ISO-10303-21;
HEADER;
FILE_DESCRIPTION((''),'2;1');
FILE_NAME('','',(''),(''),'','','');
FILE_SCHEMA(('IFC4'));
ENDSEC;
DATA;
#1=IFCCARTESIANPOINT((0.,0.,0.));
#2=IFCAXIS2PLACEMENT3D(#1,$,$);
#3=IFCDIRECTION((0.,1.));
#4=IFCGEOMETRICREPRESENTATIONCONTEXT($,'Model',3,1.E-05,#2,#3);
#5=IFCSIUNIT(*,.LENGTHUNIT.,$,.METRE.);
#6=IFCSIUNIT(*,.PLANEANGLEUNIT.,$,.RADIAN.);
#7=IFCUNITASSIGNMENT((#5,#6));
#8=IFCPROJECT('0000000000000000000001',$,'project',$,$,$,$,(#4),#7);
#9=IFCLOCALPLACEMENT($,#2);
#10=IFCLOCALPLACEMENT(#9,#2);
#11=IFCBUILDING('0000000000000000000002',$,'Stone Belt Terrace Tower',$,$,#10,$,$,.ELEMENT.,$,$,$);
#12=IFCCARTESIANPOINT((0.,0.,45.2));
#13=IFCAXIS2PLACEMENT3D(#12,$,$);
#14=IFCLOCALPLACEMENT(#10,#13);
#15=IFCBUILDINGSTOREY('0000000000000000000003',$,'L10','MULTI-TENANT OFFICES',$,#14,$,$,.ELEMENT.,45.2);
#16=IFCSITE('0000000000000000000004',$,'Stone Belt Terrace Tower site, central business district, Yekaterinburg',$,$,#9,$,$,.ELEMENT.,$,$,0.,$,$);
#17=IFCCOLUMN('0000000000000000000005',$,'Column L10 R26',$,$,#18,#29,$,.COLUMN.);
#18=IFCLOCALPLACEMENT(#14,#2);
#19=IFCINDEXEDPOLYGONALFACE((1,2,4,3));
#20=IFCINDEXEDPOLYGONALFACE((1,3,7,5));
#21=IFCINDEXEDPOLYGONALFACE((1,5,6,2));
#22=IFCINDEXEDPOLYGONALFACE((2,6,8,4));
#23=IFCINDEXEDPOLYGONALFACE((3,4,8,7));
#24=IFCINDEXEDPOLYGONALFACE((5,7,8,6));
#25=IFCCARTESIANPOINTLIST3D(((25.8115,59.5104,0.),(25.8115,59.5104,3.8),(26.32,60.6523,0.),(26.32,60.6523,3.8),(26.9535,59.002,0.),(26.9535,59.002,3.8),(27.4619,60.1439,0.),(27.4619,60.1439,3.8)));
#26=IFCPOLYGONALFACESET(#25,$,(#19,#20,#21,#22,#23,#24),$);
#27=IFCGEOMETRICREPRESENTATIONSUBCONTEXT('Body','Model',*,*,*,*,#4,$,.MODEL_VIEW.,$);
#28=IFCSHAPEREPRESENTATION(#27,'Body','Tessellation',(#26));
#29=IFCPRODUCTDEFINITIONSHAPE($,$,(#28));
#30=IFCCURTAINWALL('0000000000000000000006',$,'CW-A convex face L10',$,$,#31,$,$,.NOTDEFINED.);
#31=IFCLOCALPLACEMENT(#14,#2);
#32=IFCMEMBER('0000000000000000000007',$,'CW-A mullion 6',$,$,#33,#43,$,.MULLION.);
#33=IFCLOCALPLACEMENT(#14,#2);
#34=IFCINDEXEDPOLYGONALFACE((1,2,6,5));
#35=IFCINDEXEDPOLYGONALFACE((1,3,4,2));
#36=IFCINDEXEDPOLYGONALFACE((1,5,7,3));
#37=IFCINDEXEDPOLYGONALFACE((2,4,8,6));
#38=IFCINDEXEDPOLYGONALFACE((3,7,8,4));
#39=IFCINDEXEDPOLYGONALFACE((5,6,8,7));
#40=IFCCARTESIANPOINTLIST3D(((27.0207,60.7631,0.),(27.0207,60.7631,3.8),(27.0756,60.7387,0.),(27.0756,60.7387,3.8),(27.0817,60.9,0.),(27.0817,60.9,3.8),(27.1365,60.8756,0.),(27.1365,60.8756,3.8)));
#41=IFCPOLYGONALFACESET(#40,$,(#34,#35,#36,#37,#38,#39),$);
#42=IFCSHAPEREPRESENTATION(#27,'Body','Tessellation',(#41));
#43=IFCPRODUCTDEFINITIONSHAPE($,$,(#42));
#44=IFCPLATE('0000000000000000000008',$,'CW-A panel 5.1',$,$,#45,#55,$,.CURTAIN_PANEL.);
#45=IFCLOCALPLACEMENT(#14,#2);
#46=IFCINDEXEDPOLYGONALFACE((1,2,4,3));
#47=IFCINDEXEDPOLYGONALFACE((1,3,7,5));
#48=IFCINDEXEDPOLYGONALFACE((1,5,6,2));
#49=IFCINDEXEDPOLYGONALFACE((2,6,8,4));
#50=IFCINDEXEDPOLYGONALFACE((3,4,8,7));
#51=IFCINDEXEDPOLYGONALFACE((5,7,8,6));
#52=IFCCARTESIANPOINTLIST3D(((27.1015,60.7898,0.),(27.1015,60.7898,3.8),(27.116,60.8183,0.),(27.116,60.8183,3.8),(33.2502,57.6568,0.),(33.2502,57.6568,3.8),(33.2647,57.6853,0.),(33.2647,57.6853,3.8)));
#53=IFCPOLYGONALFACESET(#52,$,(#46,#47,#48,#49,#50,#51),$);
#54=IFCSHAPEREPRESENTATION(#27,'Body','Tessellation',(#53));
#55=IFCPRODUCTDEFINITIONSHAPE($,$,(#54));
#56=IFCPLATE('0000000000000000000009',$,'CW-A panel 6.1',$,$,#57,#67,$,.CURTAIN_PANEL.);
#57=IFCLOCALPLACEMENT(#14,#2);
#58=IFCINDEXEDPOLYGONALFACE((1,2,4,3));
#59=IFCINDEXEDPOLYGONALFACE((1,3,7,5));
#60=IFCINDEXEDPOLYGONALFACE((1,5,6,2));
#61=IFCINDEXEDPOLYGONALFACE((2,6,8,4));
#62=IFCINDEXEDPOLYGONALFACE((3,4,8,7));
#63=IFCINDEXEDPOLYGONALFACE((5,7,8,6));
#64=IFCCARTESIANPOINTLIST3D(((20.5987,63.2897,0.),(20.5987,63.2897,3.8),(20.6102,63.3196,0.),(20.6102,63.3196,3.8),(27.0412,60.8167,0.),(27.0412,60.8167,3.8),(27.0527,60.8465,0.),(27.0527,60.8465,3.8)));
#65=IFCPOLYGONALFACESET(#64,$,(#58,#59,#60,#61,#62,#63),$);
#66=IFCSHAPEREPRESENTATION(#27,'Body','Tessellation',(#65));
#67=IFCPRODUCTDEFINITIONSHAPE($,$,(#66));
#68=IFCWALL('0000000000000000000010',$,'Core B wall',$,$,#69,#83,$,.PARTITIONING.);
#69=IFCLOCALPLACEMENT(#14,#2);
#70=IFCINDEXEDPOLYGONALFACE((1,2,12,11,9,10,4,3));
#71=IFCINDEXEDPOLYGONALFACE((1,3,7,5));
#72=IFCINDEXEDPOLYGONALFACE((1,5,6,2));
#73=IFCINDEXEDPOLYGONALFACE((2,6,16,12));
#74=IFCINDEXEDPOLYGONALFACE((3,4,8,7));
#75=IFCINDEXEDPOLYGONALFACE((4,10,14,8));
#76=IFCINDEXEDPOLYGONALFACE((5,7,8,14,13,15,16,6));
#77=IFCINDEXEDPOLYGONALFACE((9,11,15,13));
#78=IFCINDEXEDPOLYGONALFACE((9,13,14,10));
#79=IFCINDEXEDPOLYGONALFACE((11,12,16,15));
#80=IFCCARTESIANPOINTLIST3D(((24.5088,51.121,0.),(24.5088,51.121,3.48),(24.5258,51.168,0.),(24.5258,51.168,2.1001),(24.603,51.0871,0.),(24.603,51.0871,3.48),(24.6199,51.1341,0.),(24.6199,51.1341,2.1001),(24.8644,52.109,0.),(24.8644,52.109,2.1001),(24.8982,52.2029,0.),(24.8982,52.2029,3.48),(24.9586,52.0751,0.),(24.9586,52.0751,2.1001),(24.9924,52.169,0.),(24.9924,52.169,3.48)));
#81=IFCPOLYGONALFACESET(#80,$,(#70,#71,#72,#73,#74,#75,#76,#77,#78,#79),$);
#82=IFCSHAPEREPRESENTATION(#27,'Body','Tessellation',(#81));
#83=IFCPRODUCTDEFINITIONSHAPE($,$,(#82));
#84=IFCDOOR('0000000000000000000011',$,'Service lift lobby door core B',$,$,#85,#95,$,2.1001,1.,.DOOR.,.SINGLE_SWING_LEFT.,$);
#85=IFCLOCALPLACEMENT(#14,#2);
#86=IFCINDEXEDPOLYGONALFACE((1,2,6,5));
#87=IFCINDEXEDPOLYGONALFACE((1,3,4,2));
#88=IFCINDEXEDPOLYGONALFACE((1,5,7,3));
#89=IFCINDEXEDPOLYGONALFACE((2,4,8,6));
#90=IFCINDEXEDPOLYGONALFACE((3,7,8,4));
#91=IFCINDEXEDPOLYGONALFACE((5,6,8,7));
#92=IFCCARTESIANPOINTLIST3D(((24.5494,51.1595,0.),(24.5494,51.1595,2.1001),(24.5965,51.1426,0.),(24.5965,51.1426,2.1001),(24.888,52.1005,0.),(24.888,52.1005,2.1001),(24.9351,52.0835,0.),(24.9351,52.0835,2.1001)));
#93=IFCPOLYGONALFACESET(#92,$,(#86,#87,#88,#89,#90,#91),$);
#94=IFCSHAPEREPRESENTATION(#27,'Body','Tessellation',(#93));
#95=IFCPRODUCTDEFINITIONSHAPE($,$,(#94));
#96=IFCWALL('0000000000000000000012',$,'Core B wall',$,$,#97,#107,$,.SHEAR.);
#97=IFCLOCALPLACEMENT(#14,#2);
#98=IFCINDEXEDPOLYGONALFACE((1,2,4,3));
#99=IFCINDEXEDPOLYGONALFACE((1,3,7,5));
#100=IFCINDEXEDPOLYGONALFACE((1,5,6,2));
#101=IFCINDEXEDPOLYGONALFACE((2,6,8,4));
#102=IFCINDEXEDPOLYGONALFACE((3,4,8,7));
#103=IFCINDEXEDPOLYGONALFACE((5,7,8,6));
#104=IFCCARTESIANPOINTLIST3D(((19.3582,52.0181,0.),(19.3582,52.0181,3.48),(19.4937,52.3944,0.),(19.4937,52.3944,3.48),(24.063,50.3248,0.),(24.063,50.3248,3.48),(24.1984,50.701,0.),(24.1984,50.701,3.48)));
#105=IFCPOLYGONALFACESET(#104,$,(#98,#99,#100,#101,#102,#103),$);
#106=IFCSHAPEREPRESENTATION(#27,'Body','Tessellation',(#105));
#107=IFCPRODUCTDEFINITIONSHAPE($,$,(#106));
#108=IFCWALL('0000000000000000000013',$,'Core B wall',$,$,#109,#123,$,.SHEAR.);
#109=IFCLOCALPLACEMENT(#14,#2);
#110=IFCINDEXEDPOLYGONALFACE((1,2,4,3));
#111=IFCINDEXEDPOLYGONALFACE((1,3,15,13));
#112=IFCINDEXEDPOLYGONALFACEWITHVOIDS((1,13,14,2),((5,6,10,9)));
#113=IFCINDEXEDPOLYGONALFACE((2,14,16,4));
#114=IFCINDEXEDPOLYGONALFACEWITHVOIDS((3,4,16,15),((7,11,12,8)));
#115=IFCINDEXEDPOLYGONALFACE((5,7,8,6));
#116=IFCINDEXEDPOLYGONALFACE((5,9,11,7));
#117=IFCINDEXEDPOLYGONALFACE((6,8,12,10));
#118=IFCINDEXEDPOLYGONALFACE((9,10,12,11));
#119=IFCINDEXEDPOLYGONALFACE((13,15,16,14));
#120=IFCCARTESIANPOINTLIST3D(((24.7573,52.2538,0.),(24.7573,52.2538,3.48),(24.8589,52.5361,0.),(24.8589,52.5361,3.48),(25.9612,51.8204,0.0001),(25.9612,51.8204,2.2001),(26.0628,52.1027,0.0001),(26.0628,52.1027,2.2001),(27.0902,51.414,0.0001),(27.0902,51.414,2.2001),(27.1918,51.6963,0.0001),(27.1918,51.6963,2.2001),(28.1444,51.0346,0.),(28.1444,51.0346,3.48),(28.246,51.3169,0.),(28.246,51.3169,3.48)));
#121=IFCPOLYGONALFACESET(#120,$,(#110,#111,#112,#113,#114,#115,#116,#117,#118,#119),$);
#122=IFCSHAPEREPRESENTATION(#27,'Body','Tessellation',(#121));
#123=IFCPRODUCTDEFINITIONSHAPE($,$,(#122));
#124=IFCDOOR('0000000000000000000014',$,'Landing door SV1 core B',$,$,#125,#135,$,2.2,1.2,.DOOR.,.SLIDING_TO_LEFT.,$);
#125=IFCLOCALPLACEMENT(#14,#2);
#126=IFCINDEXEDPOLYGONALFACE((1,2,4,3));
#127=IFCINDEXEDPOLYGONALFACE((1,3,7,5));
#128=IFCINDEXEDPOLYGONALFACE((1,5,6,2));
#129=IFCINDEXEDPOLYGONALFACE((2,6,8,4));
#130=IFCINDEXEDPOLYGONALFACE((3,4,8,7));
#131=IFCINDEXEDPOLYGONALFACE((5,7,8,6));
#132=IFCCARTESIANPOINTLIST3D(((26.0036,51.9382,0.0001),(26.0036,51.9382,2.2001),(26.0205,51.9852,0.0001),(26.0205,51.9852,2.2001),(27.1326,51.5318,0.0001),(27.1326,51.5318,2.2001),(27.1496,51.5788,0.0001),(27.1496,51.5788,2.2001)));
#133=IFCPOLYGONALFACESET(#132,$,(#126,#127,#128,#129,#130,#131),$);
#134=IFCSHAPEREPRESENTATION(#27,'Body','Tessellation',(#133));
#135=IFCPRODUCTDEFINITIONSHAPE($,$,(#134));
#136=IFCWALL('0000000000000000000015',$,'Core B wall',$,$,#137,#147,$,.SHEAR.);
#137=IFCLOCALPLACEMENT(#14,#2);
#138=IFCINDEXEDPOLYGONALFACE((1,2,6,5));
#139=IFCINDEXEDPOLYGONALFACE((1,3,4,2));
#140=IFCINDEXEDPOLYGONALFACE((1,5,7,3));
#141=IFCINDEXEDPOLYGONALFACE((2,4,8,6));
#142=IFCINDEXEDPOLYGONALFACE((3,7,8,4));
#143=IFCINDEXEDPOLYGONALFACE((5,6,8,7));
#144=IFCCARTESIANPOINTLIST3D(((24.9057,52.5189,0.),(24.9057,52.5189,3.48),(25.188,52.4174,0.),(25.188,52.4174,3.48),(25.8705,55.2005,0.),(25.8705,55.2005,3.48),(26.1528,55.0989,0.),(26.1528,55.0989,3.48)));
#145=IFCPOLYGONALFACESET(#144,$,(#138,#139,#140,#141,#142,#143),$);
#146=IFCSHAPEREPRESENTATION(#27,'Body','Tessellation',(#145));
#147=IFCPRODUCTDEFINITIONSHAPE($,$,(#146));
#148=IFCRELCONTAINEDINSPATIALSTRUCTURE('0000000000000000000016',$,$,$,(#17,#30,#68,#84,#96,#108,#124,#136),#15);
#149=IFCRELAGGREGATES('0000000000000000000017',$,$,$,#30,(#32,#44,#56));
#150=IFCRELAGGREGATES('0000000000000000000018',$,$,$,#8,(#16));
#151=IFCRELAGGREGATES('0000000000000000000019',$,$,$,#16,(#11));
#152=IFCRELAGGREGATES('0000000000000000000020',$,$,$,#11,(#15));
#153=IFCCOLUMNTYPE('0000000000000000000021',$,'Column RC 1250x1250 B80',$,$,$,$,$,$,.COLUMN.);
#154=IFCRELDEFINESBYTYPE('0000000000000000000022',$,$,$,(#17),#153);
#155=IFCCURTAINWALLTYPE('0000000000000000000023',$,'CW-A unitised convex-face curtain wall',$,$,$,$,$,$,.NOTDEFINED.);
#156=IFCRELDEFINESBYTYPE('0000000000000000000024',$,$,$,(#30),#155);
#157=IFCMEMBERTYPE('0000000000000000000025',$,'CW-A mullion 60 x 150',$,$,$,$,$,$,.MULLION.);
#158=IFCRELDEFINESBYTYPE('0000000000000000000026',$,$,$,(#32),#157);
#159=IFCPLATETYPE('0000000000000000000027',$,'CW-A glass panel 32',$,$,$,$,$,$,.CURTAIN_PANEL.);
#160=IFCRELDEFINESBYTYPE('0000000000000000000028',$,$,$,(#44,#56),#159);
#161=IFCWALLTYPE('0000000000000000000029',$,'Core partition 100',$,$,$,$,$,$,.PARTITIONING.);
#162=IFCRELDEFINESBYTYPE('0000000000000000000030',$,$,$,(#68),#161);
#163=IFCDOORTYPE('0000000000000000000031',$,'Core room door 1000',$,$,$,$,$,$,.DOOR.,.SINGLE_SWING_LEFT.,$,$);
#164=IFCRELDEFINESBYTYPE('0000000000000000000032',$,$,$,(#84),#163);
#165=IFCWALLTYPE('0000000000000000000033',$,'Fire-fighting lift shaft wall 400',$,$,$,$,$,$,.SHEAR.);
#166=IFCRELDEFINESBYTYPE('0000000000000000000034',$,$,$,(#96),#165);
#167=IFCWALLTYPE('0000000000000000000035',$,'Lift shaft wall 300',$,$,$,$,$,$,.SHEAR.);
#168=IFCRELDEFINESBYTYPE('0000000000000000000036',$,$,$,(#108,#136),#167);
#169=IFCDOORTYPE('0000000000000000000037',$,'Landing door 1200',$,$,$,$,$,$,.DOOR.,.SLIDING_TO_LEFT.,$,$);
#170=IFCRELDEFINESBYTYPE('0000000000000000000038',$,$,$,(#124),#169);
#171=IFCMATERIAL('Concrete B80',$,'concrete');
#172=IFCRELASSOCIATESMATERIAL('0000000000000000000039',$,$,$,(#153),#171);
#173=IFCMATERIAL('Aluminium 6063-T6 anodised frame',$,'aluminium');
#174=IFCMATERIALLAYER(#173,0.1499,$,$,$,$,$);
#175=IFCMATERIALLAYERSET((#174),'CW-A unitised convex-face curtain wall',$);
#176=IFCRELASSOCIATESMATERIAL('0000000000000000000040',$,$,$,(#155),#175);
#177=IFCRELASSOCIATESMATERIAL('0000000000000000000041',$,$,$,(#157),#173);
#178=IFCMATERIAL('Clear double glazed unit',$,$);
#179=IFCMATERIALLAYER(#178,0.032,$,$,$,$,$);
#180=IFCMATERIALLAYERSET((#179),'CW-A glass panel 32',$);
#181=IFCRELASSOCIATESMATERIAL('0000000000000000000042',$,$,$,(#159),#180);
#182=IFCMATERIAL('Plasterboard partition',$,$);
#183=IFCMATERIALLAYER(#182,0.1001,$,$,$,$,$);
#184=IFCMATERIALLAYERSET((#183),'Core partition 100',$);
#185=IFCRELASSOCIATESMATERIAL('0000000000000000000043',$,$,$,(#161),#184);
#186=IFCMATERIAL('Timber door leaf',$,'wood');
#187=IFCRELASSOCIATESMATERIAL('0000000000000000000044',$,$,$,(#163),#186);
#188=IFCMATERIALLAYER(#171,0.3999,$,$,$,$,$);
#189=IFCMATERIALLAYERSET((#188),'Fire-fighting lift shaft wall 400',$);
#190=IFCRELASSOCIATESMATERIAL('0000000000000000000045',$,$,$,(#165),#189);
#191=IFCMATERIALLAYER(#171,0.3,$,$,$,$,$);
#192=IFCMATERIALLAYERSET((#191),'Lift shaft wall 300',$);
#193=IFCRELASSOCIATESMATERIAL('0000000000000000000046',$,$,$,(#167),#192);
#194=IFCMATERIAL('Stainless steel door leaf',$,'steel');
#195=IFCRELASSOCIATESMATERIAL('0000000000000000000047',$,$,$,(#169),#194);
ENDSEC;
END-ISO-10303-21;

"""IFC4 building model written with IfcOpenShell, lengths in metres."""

from ifc_helpers import new_model, si_unit, direction, frame, frame_2d, origin, origin_2d, place, context, subcontext, project, spatial, rectangle, extrude, material, layer, layer_set, material_profile, profile_set, type_object, element, fill, aggregate, save


model = new_model("IFC4")

# Units and contexts
model_context = context("Model", 3, precision=1e-05, world=origin(), true_north=direction((0.0, 1.0)))
body_context = subcontext(model_context, "Body", "Model", "MODEL_VIEW")
ifc_project = project(units=[si_unit("LENGTHUNIT", "METRE"), si_unit("PLANEANGLEUNIT", "RADIAN")], contexts=[model_context])

# Site, building, storey
site_placement = place(None, origin())
site = spatial("IfcSite", under=ifc_project, at=site_placement, Name="Stone Belt Terrace Tower site, central business district, Yekaterinburg", CompositionType="ELEMENT", RefElevation=0.0)
building_placement = place(site_placement, origin())
building = spatial("IfcBuilding", under=site, at=building_placement, Name="Stone Belt Terrace Tower", CompositionType="ELEMENT")
storey_placement = place(building_placement, frame((0.0, 0.0, 45.2)))
storey = spatial("IfcBuildingStorey", under=building, at=storey_placement, Name="L10", Description="MULTI-TENANT OFFICES", CompositionType="ELEMENT", Elevation=45.2)

# Column
ifc_material_1 = material(Name="Concrete B80", Category="concrete")
ifc_material_profile_1 = material_profile(ifc_material_1, rectangle(XDim=1.25, YDim=1.25, at=origin_2d()), Name="RC 1250x1250")
ifc_profile_set_1 = profile_set([ifc_material_profile_1], Name="Concrete B80")
column_type = type_object("IfcColumnType", Name="Column RC 1250x1250 B80", PredefinedType="COLUMN", material=ifc_profile_set_1)
column_placement = place(storey_placement, frame((26.6367, 59.8271, 0.0), z_axis=(0.0, 0.0, 1.0), x_axis=(0.913545, -0.406737, 0.0)))
element("IfcColumn", 1, at=column_placement, inside=storey, type_object=column_type, Name="Column L10 R26", PredefinedType="COLUMN", context=body_context, shape_type="SweptSolid", body=[
    extrude(rectangle(XDim=1.25, YDim=1.25, at=origin_2d()), origin(), (0.0, 0.0, 1.0), 3.8),
])

# Curtain wall, member, plates
ifc_material_2 = material(Name="Aluminium 6063-T6 anodised frame", Category="aluminium")
ifc_layer_1 = layer(ifc_material_2, 0.1499)
ifc_layer_set_1 = layer_set([ifc_layer_1], Name="CW-A unitised convex-face curtain wall")
curtain_wall_type = type_object("IfcCurtainWallType", Name="CW-A unitised convex-face curtain wall", PredefinedType="NOTDEFINED", material=ifc_layer_set_1)
curtain_wall_placement = place(storey_placement, origin())
curtain_wall = element("IfcCurtainWall", 2, at=curtain_wall_placement, inside=storey, type_object=curtain_wall_type, Name="CW-A convex face L10", PredefinedType="NOTDEFINED")
ifc_material_profile_2 = material_profile(ifc_material_2, rectangle(XDim=0.1499, YDim=0.0601, at=origin_2d()), Name="Aluminium 6063-T6 60x150")
ifc_profile_set_2 = profile_set([ifc_material_profile_2], Name="Aluminium 6063-T6 anodised frame")
member_type = type_object("IfcMemberType", Name="CW-A mullion 60 x 150", PredefinedType="MULLION", material=ifc_profile_set_2)
member_placement = place(storey_placement, frame((27.0786, 60.8193, 0.0), z_axis=(0.0, 0.0, 1.0), x_axis=(-0.406737, -0.913545, 0.0)))
member = element("IfcMember", 3, at=member_placement, type_object=member_type, Name="CW-A mullion 6", PredefinedType="MULLION", context=body_context, shape_type="SweptSolid", body=[
    extrude(rectangle(XDim=0.1499, YDim=0.0601, at=origin_2d()), origin(), (0.0, 0.0, 1.0), 3.8),
])
ifc_material_3 = material(Name="Clear double glazed unit")
ifc_layer_2 = layer(ifc_material_3, 0.032)
ifc_layer_set_2 = layer_set([ifc_layer_2], Name="CW-A glass panel 32")
plate_type = type_object("IfcPlateType", Name="CW-A glass panel 32", PredefinedType="CURTAIN_PANEL", material=ifc_layer_set_2)
plate_1_placement = place(storey_placement, frame((30.1831, 59.2375, 0.0), z_axis=(0.0, 0.0, 1.0), x_axis=(-0.891007, 0.45399, 0.0)))
plate_1 = element("IfcPlate", 4, at=plate_1_placement, type_object=plate_type, Name="CW-A panel 5.1", PredefinedType="CURTAIN_PANEL", context=body_context, shape_type="SweptSolid", body=[
    extrude(rectangle(XDim=6.9009, YDim=0.032, at=origin_2d()), origin(), (0.0, 0.0, 1.0), 3.8),
])
plate_2_placement = place(storey_placement, frame((23.8257, 62.0681, 0.0), z_axis=(0.0, 0.0, 1.0), x_axis=(-0.93358, 0.358368, 0.0)))
plate_2 = element("IfcPlate", 5, at=plate_2_placement, type_object=plate_type, Name="CW-A panel 6.1", PredefinedType="CURTAIN_PANEL", context=body_context, shape_type="SweptSolid", body=[
    extrude(rectangle(XDim=6.9009, YDim=0.032, at=origin_2d()), origin(), (0.0, 0.0, 1.0), 3.8),
])
aggregate(curtain_wall, [member, plate_1, plate_2])

# Wall, opening, door
ifc_material_4 = material(Name="Plasterboard partition")
ifc_layer_3 = layer(ifc_material_4, 0.1001)
ifc_layer_set_3 = layer_set([ifc_layer_3], Name="Core partition 100")
wall_type_1 = type_object("IfcWallType", Name="Core partition 100", PredefinedType="PARTITIONING", material=ifc_layer_set_3)
wall_1_placement = place(storey_placement, frame((24.5559, 51.104, 0.0), z_axis=(0.0, 0.0, 1.0), x_axis=(0.338622, 0.940923, 0.0)))
wall_1 = element("IfcWall", 6, at=wall_1_placement, inside=storey, type_object=wall_type_1, Name="Core B wall", PredefinedType="PARTITIONING", context=body_context, shape_type="SweptSolid", body=[
    extrude(rectangle(XDim=1.1499, YDim=0.1001, at=frame_2d((0.575, 0.0))), origin(), (0.0, 0.0, 1.0), 3.48),
])
opening_1_placement = place(wall_1_placement, frame((0.05, 0.0, 0.0)))
opening_1 = element("IfcOpeningElement", 7, at=opening_1_placement, cuts=wall_1, PredefinedType="OPENING", context=body_context, shape_type="SweptSolid", body=[
    extrude(rectangle(XDim=1.0, YDim=2.1001, at=frame_2d((0.5, 1.05))), frame((0.0, 0.0601, 0.0), z_axis=(0.0, -1.0, 0.0), x_axis=(1.0, 0.0, 0.0)), (0.0, 0.0, 1.0), 0.1201),
])
ifc_material_5 = material(Name="Timber door leaf", Category="wood")
door_type_1 = type_object("IfcDoorType", Name="Core room door 1000", OperationType="SINGLE_SWING_LEFT", PredefinedType="DOOR", material=ifc_material_5)
door_1_placement = place(opening_1_placement, origin())
door_1 = element("IfcDoor", 8, at=door_1_placement, inside=storey, type_object=door_type_1, Name="Service lift lobby door core B", OperationType="SINGLE_SWING_LEFT", OverallHeight=2.1001, OverallWidth=1.0, PredefinedType="DOOR", context=body_context, shape_type="SweptSolid", body=[
    extrude(rectangle(XDim=1.0, YDim=2.1001, at=frame_2d((0.5, 1.05))), frame((0.0, 0.0249, 0.0), z_axis=(0.0, -1.0, 0.0), x_axis=(1.0, 0.0, 0.0)), (0.0, 0.0, 1.0), 0.05),
])
fill(opening_1, door_1)

# Wall
ifc_layer_4 = layer(ifc_material_1, 0.3999)
ifc_layer_set_4 = layer_set([ifc_layer_4], Name="Fire-fighting lift shaft wall 400")
wall_type_2 = type_object("IfcWallType", Name="Fire-fighting lift shaft wall 400", PredefinedType="SHEAR", material=ifc_layer_set_4)
wall_2_placement = place(storey_placement, frame((24.1306, 50.5129, 0.0), z_axis=(0.0, 0.0, 1.0), x_axis=(-0.940912, 0.338652, 0.0)))
element("IfcWall", 9, at=wall_2_placement, inside=storey, type_object=wall_type_2, Name="Core B wall", PredefinedType="SHEAR", context=body_context, shape_type="SweptSolid", body=[
    extrude(rectangle(XDim=5.0002, YDim=0.3999, at=frame_2d((2.5, 0.0))), origin(), (0.0, 0.0, 1.0), 3.48),
])

# Wall, opening, door
ifc_layer_5 = layer(ifc_material_1, 0.3)
ifc_layer_set_5 = layer_set([ifc_layer_5], Name="Lift shaft wall 300")
wall_type_3 = type_object("IfcWallType", Name="Lift shaft wall 300", PredefinedType="SHEAR", material=ifc_layer_set_5)
wall_3_placement = place(storey_placement, frame((28.1951, 51.1758, 0.0), z_axis=(0.0, 0.0, 1.0), x_axis=(-0.940901, 0.338681, 0.0)))
wall_3 = element("IfcWall", 10, at=wall_3_placement, inside=storey, type_object=wall_type_3, Name="Core B wall", PredefinedType="SHEAR", context=body_context, shape_type="SweptSolid", body=[
    extrude(rectangle(XDim=3.5999, YDim=0.3, at=frame_2d((1.7998, 0.0))), origin(), (0.0, 0.0, 1.0), 3.48),
])
opening_2_placement = place(wall_3_placement, frame((1.1201, 0.0, 0.0)))
opening_2 = element("IfcOpeningElement", 11, at=opening_2_placement, cuts=wall_3, PredefinedType="OPENING", context=body_context, shape_type="SweptSolid", body=[
    extrude(rectangle(XDim=1.2, YDim=2.2, at=frame_2d((0.6001, 1.1001))), frame((0.0, 0.1599, 0.0), z_axis=(0.0, -1.0, 0.0), x_axis=(1.0, 0.0, 0.0)), (0.0, 0.0, 1.0), 0.3201),
])
ifc_material_6 = material(Name="Stainless steel door leaf", Category="steel")
door_type_2 = type_object("IfcDoorType", Name="Landing door 1200", OperationType="SLIDING_TO_LEFT", PredefinedType="DOOR", material=ifc_material_6)
door_2_placement = place(opening_2_placement, origin())
door_2 = element("IfcDoor", 12, at=door_2_placement, inside=storey, type_object=door_type_2, Name="Landing door SV1 core B", OperationType="SLIDING_TO_LEFT", OverallHeight=2.2, OverallWidth=1.2, PredefinedType="DOOR", context=body_context, shape_type="SweptSolid", body=[
    extrude(rectangle(XDim=1.2, YDim=2.2, at=frame_2d((0.6001, 1.1001))), frame((0.0, 0.0249, 0.0), z_axis=(0.0, -1.0, 0.0), x_axis=(1.0, 0.0, 0.0)), (0.0, 0.0, 1.0), 0.05),
])
fill(opening_2, door_2)

# Wall
wall_4_placement = place(storey_placement, frame((25.0469, 52.4683, 0.0), z_axis=(0.0, 0.0, 1.0), x_axis=(0.33855, 0.940949, 0.0)))
element("IfcWall", 13, at=wall_4_placement, inside=storey, type_object=wall_type_3, Name="Core B wall", PredefinedType="SHEAR", context=body_context, shape_type="SweptSolid", body=[
    extrude(rectangle(XDim=2.8499, YDim=0.3, at=frame_2d((1.4248, 0.0))), origin(), (0.0, 0.0, 1.0), 3.48),
])

save(model, "model.ifc")
